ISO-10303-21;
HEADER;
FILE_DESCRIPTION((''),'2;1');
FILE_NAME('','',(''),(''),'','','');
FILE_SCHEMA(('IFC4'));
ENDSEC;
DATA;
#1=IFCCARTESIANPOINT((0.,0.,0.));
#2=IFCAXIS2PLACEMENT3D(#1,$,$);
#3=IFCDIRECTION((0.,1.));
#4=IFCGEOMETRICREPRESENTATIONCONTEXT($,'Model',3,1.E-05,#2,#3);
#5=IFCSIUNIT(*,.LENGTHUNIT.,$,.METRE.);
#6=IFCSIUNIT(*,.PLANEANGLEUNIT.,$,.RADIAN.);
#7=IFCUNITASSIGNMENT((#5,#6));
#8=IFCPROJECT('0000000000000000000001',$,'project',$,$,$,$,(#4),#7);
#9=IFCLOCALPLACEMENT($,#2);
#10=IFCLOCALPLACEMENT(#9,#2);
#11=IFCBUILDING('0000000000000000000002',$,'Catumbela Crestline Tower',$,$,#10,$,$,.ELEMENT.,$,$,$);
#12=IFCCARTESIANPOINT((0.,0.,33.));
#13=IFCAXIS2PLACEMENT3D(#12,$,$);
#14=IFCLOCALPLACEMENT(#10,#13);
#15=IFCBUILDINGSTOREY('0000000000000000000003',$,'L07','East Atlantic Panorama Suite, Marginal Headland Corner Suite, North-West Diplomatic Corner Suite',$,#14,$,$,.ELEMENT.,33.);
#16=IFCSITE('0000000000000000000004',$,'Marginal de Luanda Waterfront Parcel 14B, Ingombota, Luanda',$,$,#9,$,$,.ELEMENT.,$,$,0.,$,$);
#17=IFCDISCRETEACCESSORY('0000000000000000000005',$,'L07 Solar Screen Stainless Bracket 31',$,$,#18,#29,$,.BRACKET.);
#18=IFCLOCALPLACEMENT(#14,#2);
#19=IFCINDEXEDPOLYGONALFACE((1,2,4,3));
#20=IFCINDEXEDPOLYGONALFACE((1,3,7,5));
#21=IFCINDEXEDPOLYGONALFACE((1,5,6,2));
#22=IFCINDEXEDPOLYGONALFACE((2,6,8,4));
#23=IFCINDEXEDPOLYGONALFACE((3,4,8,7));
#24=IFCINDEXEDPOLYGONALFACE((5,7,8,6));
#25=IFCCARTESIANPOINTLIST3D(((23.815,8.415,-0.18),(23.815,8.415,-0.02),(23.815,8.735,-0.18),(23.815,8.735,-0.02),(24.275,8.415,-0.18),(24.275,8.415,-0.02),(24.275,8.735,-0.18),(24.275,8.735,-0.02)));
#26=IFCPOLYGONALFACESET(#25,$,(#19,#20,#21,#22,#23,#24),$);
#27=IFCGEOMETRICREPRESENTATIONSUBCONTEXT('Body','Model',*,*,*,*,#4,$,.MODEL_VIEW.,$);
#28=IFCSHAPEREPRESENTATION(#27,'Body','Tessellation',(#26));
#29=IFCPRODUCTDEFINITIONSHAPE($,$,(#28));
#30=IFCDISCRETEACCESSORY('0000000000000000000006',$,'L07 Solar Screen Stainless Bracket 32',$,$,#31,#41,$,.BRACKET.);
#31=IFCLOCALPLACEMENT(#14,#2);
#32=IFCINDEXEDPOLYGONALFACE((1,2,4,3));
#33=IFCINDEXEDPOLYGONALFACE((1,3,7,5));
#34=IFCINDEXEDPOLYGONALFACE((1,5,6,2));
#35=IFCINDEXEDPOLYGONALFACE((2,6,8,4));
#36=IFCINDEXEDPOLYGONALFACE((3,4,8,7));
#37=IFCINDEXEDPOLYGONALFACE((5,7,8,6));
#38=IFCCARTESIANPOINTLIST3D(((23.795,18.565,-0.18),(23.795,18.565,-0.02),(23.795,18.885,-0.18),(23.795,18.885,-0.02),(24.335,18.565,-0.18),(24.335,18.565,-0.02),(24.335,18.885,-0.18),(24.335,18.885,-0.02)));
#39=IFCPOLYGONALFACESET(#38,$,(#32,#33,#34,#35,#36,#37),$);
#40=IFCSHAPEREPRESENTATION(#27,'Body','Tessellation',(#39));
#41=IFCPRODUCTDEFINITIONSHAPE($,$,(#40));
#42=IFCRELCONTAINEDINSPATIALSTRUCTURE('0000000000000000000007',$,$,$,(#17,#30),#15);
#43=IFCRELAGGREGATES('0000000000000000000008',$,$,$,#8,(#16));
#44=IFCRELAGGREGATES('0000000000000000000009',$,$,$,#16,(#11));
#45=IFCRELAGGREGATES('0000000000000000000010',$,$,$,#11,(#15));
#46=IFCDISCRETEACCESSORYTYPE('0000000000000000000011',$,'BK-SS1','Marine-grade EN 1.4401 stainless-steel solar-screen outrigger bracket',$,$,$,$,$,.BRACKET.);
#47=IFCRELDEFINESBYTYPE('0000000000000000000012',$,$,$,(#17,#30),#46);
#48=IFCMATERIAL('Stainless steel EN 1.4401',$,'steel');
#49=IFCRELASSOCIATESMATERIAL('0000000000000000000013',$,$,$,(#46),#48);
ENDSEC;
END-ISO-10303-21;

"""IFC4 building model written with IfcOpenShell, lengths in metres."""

from ifc_helpers import new_model, si_unit, direction, frame, origin, origin_2d, place, context, subcontext, project, spatial, rectangle, extrude, material, type_object, element, save


model = new_model("IFC4")

# Units and contexts
model_context = context("Model", 3, precision=1e-05, world=origin(), true_north=direction((0.0, 1.0)))
body_context = subcontext(model_context, "Body", "Model", "MODEL_VIEW")
ifc_project = project(units=[si_unit("LENGTHUNIT", "METRE"), si_unit("PLANEANGLEUNIT", "RADIAN")], contexts=[model_context])

# Site, building, storey
site_placement = place(None, origin())
site = spatial("IfcSite", under=ifc_project, at=site_placement, Name="Marginal de Luanda Waterfront Parcel 14B, Ingombota, Luanda", CompositionType="ELEMENT", RefElevation=0.0)
building_placement = place(site_placement, origin())
building = spatial("IfcBuilding", under=site, at=building_placement, Name="Catumbela Crestline Tower", CompositionType="ELEMENT")
storey_placement = place(building_placement, frame((0.0, 0.0, 33.0)))
storey = spatial("IfcBuildingStorey", under=building, at=storey_placement, Name="L07", Description="East Atlantic Panorama Suite, Marginal Headland Corner Suite, North-West Diplomatic Corner Suite", CompositionType="ELEMENT", Elevation=33.0)

# Discrete accessories
ifc_material_1 = material(Name="Stainless steel EN 1.4401", Category="steel")
discrete_accessory_type = type_object("IfcDiscreteAccessoryType", Name="BK-SS1", Description="Marine-grade EN 1.4401 stainless-steel solar-screen outrigger bracket", PredefinedType="BRACKET", material=ifc_material_1)
discrete_accessory_1_placement = place(storey_placement, frame((24.045, 8.575, -0.18), z_axis=(0.0, 0.0, 1.0), x_axis=(0.0, 1.0, 0.0)))
element("IfcDiscreteAccessory", 1, at=discrete_accessory_1_placement, inside=storey, type_object=discrete_accessory_type, Name="L07 Solar Screen Stainless Bracket 31", PredefinedType="BRACKET", context=body_context, shape_type="SweptSolid", body=[
    extrude(rectangle(XDim=0.32, YDim=0.46, at=origin_2d()), origin(), (0.0, 0.0, 1.0), 0.16),
])
discrete_accessory_2_placement = place(storey_placement, frame((24.065, 18.725, -0.18), z_axis=(0.0, 0.0, 1.0), x_axis=(0.0, 1.0, 0.0)))
element("IfcDiscreteAccessory", 2, at=discrete_accessory_2_placement, inside=storey, type_object=discrete_accessory_type, Name="L07 Solar Screen Stainless Bracket 32", PredefinedType="BRACKET", context=body_context, shape_type="SweptSolid", body=[
    extrude(rectangle(XDim=0.32, YDim=0.54, at=origin_2d()), origin(), (0.0, 0.0, 1.0), 0.16),
])

save(model, "model.ifc")
